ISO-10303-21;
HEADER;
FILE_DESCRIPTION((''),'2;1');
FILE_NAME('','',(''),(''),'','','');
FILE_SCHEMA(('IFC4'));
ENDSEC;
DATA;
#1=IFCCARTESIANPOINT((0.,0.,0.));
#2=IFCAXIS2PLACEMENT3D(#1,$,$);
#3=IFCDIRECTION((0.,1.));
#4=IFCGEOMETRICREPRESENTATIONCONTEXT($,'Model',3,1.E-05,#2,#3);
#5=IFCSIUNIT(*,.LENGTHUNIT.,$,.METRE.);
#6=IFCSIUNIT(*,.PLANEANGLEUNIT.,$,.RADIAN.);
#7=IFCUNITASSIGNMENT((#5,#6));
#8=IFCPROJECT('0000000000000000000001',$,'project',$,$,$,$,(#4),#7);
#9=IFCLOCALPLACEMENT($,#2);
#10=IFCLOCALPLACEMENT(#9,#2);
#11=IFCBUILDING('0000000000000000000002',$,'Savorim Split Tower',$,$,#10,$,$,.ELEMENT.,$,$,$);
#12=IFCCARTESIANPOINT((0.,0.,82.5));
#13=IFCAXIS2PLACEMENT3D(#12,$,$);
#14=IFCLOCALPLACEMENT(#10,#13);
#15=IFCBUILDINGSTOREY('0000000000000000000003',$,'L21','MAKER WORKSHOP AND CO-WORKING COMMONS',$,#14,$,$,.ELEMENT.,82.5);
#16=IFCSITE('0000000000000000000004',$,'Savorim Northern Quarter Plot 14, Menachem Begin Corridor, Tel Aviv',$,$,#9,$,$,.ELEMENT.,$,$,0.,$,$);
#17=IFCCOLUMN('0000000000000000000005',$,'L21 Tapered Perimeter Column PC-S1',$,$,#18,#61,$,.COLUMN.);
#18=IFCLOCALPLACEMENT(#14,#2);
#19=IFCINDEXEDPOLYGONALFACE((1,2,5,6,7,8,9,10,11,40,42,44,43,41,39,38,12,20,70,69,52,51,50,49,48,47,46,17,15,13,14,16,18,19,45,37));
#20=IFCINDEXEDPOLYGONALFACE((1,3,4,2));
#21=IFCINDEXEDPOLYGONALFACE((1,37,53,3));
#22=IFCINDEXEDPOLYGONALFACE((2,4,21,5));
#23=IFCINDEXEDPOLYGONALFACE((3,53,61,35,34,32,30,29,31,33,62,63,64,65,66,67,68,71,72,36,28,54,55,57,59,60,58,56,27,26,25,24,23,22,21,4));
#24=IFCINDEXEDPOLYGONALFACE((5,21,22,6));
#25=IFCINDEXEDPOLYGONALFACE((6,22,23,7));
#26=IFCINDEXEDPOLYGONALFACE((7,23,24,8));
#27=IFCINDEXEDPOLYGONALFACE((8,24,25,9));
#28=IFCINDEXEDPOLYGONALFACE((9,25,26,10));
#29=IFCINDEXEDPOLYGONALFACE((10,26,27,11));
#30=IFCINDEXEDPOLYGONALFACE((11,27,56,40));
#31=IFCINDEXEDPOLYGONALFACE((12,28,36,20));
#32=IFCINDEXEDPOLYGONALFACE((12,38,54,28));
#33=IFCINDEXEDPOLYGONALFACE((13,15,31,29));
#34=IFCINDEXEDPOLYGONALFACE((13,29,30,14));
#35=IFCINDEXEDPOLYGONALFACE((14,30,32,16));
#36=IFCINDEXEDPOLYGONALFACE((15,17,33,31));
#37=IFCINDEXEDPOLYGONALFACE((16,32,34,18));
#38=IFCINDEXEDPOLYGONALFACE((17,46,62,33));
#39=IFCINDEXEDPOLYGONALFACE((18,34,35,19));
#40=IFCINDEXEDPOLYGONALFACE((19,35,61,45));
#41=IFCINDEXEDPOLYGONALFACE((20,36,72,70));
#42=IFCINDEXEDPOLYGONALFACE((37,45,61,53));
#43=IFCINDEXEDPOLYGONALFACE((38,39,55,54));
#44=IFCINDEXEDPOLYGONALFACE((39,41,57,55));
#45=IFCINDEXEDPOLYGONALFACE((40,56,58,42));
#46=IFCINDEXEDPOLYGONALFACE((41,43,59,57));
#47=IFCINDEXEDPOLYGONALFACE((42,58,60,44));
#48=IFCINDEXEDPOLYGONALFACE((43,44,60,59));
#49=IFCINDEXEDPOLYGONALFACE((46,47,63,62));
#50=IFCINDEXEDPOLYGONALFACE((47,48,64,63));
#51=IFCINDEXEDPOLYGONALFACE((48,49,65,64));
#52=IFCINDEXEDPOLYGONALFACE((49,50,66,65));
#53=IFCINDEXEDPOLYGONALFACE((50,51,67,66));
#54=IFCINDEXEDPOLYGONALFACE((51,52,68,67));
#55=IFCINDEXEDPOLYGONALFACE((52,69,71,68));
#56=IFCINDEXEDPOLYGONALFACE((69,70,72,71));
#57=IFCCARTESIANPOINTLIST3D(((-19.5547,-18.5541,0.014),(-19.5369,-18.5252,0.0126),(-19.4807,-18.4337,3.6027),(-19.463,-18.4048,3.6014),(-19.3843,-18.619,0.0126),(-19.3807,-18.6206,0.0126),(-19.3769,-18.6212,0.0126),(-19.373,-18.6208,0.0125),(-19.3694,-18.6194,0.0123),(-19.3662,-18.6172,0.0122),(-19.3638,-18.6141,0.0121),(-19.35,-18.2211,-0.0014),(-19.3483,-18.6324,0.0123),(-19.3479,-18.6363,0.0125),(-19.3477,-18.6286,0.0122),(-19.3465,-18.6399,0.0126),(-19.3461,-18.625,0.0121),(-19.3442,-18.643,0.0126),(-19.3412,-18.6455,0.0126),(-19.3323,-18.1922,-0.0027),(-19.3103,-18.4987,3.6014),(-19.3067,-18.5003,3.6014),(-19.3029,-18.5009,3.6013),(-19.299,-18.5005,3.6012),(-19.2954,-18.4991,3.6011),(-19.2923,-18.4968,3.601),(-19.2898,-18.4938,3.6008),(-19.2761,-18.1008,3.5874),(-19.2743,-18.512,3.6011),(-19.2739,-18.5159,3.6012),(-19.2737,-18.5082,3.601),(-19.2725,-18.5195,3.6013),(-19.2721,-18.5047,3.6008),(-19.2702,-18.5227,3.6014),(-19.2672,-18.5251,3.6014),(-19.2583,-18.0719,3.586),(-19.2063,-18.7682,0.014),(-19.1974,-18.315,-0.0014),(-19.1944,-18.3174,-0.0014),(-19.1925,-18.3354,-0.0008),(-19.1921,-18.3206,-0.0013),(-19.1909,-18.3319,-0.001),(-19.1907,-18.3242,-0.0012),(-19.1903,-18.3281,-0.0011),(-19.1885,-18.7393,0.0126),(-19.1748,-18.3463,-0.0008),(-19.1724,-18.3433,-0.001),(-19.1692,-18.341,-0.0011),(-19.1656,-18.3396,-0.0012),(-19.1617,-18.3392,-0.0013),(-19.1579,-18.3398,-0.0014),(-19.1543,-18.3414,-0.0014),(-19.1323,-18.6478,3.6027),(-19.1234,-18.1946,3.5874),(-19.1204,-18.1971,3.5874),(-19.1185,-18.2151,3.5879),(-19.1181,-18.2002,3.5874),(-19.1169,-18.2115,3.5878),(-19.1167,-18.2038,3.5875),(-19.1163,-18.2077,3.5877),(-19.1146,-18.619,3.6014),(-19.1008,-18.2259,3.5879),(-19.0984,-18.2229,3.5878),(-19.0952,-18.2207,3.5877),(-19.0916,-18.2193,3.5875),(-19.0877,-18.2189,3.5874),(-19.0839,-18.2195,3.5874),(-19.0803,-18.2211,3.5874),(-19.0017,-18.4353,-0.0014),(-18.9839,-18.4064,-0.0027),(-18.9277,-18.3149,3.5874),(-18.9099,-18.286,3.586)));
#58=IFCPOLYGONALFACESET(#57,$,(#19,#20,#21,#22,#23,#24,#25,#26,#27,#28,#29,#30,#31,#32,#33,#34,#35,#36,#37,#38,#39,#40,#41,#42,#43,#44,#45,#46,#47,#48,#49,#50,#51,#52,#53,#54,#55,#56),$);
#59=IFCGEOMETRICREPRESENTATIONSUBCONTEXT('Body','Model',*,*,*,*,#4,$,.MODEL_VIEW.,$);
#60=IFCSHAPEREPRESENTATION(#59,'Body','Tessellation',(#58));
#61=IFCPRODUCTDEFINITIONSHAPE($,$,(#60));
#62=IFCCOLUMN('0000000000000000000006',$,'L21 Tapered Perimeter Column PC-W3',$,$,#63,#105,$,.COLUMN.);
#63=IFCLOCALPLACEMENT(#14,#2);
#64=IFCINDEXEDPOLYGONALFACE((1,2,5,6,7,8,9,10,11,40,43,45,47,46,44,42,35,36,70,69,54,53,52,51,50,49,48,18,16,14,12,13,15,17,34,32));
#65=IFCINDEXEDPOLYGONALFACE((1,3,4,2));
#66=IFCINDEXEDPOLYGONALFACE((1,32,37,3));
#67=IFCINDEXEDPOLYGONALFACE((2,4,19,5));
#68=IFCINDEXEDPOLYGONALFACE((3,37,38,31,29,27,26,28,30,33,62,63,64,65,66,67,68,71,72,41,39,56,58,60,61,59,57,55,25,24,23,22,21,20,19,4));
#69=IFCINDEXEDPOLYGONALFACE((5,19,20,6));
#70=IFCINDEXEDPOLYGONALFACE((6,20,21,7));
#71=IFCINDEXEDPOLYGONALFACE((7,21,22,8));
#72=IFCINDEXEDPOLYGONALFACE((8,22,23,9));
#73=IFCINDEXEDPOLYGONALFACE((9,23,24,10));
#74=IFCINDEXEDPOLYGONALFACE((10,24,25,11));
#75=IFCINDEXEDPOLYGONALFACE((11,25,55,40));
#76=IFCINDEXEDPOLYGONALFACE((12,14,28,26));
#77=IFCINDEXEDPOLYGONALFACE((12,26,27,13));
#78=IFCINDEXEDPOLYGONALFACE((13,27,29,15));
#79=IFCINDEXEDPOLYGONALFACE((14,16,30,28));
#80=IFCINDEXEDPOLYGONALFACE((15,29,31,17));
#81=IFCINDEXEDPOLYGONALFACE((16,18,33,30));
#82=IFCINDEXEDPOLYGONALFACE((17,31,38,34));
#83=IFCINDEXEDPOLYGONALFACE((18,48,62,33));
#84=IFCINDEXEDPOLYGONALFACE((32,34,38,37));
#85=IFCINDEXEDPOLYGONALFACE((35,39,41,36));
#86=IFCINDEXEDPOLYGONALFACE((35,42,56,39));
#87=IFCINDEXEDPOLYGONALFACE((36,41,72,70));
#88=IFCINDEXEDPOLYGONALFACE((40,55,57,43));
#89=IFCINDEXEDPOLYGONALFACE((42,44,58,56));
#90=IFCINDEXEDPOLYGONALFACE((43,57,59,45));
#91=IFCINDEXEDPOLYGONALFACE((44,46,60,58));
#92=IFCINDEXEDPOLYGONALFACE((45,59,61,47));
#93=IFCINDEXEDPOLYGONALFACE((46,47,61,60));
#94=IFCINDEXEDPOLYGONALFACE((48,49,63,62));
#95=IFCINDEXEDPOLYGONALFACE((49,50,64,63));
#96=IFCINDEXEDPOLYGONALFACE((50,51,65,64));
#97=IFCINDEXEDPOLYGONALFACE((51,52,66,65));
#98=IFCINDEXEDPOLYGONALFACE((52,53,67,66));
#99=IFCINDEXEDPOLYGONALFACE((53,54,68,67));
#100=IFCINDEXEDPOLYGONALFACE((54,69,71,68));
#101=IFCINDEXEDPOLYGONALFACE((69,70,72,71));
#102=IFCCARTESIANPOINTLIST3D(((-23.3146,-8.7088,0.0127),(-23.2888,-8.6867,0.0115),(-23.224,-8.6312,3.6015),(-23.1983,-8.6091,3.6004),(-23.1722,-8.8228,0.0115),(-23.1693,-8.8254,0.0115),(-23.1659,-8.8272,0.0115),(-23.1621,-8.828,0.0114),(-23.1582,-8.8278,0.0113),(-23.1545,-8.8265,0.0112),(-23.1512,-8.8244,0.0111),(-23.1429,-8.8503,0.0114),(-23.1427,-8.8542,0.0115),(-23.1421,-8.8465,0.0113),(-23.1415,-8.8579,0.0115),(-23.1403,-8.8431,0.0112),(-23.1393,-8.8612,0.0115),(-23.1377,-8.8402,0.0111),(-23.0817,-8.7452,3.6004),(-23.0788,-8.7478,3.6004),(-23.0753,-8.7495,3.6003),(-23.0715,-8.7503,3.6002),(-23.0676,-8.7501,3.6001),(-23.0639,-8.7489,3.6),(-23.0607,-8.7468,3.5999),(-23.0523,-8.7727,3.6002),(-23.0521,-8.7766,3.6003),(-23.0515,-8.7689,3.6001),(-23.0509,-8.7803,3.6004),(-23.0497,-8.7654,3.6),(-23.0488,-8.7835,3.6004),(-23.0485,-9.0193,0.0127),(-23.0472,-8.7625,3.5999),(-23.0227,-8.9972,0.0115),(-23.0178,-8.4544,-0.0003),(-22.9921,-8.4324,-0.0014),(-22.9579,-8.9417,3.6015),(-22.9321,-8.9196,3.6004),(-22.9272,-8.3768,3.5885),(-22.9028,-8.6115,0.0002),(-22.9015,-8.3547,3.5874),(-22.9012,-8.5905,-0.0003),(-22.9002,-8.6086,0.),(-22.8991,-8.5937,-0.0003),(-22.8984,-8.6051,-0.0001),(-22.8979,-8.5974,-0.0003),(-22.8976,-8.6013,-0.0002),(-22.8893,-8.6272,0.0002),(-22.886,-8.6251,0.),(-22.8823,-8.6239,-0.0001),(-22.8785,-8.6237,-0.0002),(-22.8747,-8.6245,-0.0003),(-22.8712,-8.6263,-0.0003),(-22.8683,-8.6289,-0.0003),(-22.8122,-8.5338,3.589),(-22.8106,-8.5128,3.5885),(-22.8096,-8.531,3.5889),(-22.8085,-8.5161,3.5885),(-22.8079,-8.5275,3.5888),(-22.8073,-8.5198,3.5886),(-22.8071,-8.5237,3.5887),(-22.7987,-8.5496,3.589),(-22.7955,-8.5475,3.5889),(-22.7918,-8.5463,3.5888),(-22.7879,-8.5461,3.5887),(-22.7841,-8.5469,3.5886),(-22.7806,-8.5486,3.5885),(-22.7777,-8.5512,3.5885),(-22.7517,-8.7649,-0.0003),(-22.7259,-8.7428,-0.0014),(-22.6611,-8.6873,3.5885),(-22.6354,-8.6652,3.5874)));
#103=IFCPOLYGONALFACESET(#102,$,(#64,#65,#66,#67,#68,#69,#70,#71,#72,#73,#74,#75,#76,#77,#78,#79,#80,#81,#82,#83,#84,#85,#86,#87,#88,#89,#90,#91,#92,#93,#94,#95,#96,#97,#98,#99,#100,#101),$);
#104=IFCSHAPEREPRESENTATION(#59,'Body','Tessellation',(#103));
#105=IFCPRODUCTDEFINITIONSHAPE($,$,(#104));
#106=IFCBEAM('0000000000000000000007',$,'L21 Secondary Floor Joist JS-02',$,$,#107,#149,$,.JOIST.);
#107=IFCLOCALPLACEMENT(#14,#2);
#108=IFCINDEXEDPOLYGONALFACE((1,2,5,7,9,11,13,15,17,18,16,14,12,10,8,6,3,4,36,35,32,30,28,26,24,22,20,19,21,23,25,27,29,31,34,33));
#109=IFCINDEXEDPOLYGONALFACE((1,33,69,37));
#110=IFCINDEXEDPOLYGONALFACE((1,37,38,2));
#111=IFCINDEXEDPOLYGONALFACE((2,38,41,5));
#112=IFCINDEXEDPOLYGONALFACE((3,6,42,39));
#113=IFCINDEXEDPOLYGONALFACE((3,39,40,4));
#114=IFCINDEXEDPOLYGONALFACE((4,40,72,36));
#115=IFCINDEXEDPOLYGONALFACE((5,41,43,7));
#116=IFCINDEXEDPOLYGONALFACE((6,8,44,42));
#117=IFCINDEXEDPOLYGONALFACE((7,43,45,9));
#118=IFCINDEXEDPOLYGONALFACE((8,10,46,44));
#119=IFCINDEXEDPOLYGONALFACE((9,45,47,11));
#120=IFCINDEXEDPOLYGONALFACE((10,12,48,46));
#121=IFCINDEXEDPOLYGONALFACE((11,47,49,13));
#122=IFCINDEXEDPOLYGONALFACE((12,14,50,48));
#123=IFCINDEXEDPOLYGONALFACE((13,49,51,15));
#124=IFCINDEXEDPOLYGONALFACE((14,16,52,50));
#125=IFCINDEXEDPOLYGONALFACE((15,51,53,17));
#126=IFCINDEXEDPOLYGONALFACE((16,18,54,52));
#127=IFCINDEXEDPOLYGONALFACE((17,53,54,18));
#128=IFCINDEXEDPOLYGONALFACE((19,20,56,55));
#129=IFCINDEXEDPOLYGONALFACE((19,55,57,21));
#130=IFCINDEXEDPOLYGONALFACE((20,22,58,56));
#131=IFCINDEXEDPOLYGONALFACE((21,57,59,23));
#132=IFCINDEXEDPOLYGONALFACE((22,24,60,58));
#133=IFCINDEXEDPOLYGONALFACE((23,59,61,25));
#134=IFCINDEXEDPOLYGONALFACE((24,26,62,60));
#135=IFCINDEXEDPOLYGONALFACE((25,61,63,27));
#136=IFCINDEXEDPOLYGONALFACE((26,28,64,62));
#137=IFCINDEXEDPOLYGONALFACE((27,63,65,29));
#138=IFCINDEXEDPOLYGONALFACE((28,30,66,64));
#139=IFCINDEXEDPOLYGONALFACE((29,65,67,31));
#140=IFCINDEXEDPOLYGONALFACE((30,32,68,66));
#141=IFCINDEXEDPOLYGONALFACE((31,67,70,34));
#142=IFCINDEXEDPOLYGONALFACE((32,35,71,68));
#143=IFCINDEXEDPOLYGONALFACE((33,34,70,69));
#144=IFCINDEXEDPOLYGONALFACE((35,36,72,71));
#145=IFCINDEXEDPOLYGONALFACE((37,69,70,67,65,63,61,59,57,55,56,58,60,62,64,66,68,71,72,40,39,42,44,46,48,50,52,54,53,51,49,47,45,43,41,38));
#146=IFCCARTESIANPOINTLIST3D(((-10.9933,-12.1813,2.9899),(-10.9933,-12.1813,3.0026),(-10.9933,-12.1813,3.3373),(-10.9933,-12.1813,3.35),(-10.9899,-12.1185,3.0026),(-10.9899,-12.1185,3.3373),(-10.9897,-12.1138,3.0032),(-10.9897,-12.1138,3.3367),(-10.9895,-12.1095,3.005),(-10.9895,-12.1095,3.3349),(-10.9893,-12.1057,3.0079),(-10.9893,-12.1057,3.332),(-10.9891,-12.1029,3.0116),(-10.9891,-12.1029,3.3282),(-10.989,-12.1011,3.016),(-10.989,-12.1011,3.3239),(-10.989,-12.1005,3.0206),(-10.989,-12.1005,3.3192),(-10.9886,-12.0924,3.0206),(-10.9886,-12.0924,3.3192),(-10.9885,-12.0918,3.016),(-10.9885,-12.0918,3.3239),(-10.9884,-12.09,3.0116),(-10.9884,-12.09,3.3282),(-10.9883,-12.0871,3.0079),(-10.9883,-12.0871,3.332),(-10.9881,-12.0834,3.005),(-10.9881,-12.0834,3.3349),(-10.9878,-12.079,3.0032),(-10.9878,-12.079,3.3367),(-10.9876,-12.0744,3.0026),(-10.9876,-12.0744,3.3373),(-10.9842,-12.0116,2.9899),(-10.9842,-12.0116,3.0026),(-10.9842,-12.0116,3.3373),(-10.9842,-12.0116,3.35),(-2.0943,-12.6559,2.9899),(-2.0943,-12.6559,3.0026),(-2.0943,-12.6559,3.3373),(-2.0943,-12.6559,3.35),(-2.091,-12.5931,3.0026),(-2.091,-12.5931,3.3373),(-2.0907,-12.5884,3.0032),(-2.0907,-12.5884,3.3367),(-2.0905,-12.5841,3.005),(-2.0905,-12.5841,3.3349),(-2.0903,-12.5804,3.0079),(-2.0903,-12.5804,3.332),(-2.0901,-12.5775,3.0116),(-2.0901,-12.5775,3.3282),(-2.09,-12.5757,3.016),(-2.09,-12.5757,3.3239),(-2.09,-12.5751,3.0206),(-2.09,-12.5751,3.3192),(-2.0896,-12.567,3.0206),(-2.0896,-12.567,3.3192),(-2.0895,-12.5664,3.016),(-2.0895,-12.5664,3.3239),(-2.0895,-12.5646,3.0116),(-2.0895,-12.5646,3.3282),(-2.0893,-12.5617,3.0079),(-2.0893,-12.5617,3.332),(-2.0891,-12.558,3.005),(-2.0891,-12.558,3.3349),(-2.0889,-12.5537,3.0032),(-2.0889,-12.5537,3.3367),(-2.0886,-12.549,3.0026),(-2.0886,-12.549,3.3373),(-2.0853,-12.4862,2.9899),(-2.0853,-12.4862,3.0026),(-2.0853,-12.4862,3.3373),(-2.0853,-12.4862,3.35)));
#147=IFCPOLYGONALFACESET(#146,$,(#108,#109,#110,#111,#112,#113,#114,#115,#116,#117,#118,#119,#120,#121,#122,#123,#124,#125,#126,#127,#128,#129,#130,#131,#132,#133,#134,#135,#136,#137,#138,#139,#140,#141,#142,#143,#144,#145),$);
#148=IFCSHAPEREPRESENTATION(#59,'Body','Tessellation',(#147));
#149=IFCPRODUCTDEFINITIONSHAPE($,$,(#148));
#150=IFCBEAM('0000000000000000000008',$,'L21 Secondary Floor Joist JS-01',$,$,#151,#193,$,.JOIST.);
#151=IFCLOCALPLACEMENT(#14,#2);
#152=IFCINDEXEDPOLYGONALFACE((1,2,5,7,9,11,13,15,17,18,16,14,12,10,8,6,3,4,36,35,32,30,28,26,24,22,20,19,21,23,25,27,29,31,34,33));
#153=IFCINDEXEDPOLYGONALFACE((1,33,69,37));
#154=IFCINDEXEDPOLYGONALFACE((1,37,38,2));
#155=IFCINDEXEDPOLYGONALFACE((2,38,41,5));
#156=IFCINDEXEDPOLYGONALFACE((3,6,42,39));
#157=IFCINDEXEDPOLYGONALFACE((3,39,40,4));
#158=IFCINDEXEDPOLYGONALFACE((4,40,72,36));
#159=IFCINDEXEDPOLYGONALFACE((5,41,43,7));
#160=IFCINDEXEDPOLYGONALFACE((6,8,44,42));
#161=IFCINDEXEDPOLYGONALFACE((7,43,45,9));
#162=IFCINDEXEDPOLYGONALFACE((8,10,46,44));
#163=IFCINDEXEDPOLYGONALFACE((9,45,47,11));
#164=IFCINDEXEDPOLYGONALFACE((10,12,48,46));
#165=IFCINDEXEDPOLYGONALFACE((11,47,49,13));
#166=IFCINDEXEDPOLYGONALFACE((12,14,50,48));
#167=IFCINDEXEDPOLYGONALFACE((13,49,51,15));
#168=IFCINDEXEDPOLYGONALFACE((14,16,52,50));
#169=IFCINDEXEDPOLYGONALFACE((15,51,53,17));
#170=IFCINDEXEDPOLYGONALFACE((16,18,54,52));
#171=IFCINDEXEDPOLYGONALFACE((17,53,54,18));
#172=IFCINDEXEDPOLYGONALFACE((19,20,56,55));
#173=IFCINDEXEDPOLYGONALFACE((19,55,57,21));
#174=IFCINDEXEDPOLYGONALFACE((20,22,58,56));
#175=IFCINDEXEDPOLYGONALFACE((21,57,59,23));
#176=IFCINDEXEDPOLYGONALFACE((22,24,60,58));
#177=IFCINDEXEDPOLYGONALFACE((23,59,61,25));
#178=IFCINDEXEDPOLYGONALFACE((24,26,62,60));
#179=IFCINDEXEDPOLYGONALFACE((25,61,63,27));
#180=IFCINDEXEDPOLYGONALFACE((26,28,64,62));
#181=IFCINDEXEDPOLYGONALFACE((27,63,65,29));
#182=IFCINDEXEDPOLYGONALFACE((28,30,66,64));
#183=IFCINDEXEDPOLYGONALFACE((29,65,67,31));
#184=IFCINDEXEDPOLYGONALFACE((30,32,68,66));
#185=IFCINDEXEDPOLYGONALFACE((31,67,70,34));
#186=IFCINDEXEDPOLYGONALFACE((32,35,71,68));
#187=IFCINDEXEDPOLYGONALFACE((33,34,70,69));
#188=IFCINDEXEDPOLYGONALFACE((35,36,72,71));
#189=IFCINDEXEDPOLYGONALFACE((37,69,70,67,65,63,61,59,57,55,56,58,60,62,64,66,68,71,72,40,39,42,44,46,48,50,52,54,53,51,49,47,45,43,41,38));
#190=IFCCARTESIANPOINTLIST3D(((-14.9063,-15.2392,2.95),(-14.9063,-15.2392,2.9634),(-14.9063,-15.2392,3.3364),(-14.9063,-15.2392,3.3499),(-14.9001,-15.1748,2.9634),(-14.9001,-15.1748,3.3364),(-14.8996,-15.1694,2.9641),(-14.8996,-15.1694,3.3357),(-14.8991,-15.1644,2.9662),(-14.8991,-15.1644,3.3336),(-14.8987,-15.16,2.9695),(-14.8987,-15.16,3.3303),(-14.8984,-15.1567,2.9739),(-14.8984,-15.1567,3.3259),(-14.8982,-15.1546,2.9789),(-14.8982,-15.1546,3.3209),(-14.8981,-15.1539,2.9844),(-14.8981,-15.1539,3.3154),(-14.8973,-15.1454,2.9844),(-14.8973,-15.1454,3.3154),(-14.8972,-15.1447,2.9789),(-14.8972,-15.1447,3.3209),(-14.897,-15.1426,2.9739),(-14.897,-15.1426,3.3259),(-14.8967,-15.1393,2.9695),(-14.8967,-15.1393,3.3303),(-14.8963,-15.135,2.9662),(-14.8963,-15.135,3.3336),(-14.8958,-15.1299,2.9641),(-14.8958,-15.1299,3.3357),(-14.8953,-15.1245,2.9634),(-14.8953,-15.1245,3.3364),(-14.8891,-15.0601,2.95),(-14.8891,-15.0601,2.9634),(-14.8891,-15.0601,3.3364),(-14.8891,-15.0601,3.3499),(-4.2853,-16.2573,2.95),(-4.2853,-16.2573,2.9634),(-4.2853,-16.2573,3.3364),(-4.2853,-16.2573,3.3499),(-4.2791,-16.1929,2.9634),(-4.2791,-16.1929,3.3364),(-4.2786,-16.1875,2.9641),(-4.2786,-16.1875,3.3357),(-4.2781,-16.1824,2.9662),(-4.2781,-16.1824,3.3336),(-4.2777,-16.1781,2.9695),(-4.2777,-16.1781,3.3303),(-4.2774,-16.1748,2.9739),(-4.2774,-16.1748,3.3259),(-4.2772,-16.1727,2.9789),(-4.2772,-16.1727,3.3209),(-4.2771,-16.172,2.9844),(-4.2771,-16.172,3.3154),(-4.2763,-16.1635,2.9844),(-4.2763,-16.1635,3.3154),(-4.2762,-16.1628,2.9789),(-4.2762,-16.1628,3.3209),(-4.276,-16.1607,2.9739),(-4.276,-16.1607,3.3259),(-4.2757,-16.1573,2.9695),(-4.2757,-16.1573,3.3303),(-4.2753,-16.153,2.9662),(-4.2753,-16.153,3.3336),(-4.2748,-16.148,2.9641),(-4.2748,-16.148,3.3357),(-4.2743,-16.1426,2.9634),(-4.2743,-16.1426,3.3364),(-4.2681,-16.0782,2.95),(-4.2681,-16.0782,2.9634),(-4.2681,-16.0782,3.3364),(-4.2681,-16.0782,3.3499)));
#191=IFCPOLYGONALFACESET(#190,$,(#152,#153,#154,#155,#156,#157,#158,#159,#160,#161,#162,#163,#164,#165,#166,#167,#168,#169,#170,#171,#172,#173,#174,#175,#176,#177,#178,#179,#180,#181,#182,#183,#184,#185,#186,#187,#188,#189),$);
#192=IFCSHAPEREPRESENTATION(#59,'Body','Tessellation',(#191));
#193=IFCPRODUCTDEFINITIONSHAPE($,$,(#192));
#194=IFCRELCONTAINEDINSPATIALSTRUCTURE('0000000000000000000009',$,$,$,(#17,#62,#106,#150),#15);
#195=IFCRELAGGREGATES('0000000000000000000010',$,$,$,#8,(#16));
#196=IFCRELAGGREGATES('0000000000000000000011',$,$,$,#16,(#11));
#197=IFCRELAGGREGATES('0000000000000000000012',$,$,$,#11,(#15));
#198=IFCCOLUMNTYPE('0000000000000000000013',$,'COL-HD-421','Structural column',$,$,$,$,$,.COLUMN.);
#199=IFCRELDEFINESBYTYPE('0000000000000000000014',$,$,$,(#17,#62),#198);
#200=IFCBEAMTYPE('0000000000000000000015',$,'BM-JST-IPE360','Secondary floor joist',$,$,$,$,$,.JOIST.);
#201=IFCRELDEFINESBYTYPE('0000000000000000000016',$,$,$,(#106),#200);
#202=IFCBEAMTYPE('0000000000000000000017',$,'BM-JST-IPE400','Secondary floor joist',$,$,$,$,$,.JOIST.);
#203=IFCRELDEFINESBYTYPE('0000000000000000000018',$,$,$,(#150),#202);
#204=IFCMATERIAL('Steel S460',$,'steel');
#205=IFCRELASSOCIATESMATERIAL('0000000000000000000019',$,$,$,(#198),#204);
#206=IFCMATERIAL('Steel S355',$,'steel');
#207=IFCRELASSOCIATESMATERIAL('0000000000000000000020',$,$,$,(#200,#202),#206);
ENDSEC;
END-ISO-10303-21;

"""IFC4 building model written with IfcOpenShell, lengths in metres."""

from ifc_helpers import new_model, si_unit, direction, frame, origin, origin_2d, place, context, subcontext, project, spatial, i_section, extrude, material, material_profile, profile_set, type_object, element, save


model = new_model("IFC4")

# Units and contexts
model_context = context("Model", 3, precision=1e-05, world=origin(), true_north=direction((0.0, 1.0)))
body_context = subcontext(model_context, "Body", "Model", "MODEL_VIEW")
ifc_project = project(units=[si_unit("LENGTHUNIT", "METRE"), si_unit("PLANEANGLEUNIT", "RADIAN")], contexts=[model_context])

# Site, building, storey
site_placement = place(None, origin())
site = spatial("IfcSite", under=ifc_project, at=site_placement, Name="Savorim Northern Quarter Plot 14, Menachem Begin Corridor, Tel Aviv", CompositionType="ELEMENT", RefElevation=0.0)
building_placement = place(site_placement, origin())
building = spatial("IfcBuilding", under=site, at=building_placement, Name="Savorim Split Tower", CompositionType="ELEMENT")
storey_placement = place(building_placement, frame((0.0, 0.0, 82.5)))
storey = spatial("IfcBuildingStorey", under=building, at=storey_placement, Name="L21", Description="MAKER WORKSHOP AND CO-WORKING COMMONS", CompositionType="ELEMENT", Elevation=82.5)

# Columns
ifc_material_1 = material(Name="Steel S460", Category="steel")
ifc_material_profile_1 = material_profile(ifc_material_1, i_section(OverallWidth=0.4089, OverallDepth=0.425, WebThickness=0.0208, FlangeThickness=0.0339, FilletRadius=0.0149, at=origin_2d()), Name="HD 400x421")
ifc_profile_set_1 = profile_set([ifc_material_profile_1], Name="Steel S460")
column_type = type_object("IfcColumnType", Name="COL-HD-421", Description="Structural column", PredefinedType="COLUMN", material=ifc_profile_set_1)
column_1_placement = place(storey_placement, frame((-19.2693, -18.4802, 0.0056), z_axis=(0.020596, 0.033511, 0.999226), x_axis=(-0.851955, 0.523615, 0.0)))
element("IfcColumn", 1, at=column_1_placement, inside=storey, type_object=column_type, Name="L21 Tapered Perimeter Column PC-S1", PredefinedType="COLUMN", context=body_context, shape_type="SweptSolid", body=[
    extrude(i_section(OverallWidth=0.4089, OverallDepth=0.425, WebThickness=0.0208, FlangeThickness=0.0339, FilletRadius=0.0149, at=origin_2d()), origin(), (0.0, 0.0, 1.0), 3.5916),
])
column_2_placement = place(storey_placement, frame((-23.0203, -8.7258, 0.0056), z_axis=(0.025224, 0.021621, 0.999448), x_axis=(-0.650791, 0.759257, 0.0)))
element("IfcColumn", 2, at=column_2_placement, inside=storey, type_object=column_type, Name="L21 Tapered Perimeter Column PC-W3", PredefinedType="COLUMN", context=body_context, shape_type="SweptSolid", body=[
    extrude(i_section(OverallWidth=0.4089, OverallDepth=0.425, WebThickness=0.0208, FlangeThickness=0.0339, FilletRadius=0.0149, at=origin_2d()), origin(), (0.0, 0.0, 1.0), 3.5908),
])

# Beams
ifc_material_2 = material(Name="Steel S355", Category="steel")
ifc_material_profile_2 = material_profile(ifc_material_2, i_section(OverallWidth=0.1699, OverallDepth=0.3601, WebThickness=0.0081, FlangeThickness=0.0127, FilletRadius=0.0181, at=origin_2d()), Name="IPE 360")
ifc_profile_set_2 = profile_set([ifc_material_profile_2], Name="Steel S355")
beam_type_1 = type_object("IfcBeamType", Name="BM-JST-IPE360", Description="Secondary floor joist", PredefinedType="JOIST", material=ifc_profile_set_2)
beam_1_placement = place(storey_placement, frame((-10.9888, -12.0964, 3.1699), z_axis=(0.998581, -0.053258, 0.0), x_axis=(0.053258, 0.998581, 0.0)))
element("IfcBeam", 3, at=beam_1_placement, inside=storey, type_object=beam_type_1, Name="L21 Secondary Floor Joist JS-02", PredefinedType="JOIST", context=body_context, shape_type="SweptSolid", body=[
    extrude(i_section(OverallWidth=0.1699, OverallDepth=0.3601, WebThickness=0.0081, FlangeThickness=0.0127, FilletRadius=0.0181, at=origin_2d()), origin(), (0.0, 0.0, 1.0), 8.9116),
])
ifc_material_profile_3 = material_profile(ifc_material_2, i_section(OverallWidth=0.1799, OverallDepth=0.3999, WebThickness=0.0085, FlangeThickness=0.0134, FilletRadius=0.021, at=origin_2d()), Name="IPE 400")
ifc_profile_set_3 = profile_set([ifc_material_profile_3], Name="Steel S355")
beam_type_2 = type_object("IfcBeamType", Name="BM-JST-IPE400", Description="Secondary floor joist", PredefinedType="JOIST", material=ifc_profile_set_3)
beam_2_placement = place(storey_placement, frame((-14.8977, -15.1497, 3.1499), z_axis=(0.995437, -0.095416, 0.0), x_axis=(0.095416, 0.995437, 0.0)))
element("IfcBeam", 4, at=beam_2_placement, inside=storey, type_object=beam_type_2, Name="L21 Secondary Floor Joist JS-01", PredefinedType="JOIST", context=body_context, shape_type="SweptSolid", body=[
    extrude(i_section(OverallWidth=0.1799, OverallDepth=0.3999, WebThickness=0.0085, FlangeThickness=0.0134, FilletRadius=0.021, at=origin_2d()), origin(), (0.0, 0.0, 1.0), 10.6697),
])

save(model, "model.ifc")
